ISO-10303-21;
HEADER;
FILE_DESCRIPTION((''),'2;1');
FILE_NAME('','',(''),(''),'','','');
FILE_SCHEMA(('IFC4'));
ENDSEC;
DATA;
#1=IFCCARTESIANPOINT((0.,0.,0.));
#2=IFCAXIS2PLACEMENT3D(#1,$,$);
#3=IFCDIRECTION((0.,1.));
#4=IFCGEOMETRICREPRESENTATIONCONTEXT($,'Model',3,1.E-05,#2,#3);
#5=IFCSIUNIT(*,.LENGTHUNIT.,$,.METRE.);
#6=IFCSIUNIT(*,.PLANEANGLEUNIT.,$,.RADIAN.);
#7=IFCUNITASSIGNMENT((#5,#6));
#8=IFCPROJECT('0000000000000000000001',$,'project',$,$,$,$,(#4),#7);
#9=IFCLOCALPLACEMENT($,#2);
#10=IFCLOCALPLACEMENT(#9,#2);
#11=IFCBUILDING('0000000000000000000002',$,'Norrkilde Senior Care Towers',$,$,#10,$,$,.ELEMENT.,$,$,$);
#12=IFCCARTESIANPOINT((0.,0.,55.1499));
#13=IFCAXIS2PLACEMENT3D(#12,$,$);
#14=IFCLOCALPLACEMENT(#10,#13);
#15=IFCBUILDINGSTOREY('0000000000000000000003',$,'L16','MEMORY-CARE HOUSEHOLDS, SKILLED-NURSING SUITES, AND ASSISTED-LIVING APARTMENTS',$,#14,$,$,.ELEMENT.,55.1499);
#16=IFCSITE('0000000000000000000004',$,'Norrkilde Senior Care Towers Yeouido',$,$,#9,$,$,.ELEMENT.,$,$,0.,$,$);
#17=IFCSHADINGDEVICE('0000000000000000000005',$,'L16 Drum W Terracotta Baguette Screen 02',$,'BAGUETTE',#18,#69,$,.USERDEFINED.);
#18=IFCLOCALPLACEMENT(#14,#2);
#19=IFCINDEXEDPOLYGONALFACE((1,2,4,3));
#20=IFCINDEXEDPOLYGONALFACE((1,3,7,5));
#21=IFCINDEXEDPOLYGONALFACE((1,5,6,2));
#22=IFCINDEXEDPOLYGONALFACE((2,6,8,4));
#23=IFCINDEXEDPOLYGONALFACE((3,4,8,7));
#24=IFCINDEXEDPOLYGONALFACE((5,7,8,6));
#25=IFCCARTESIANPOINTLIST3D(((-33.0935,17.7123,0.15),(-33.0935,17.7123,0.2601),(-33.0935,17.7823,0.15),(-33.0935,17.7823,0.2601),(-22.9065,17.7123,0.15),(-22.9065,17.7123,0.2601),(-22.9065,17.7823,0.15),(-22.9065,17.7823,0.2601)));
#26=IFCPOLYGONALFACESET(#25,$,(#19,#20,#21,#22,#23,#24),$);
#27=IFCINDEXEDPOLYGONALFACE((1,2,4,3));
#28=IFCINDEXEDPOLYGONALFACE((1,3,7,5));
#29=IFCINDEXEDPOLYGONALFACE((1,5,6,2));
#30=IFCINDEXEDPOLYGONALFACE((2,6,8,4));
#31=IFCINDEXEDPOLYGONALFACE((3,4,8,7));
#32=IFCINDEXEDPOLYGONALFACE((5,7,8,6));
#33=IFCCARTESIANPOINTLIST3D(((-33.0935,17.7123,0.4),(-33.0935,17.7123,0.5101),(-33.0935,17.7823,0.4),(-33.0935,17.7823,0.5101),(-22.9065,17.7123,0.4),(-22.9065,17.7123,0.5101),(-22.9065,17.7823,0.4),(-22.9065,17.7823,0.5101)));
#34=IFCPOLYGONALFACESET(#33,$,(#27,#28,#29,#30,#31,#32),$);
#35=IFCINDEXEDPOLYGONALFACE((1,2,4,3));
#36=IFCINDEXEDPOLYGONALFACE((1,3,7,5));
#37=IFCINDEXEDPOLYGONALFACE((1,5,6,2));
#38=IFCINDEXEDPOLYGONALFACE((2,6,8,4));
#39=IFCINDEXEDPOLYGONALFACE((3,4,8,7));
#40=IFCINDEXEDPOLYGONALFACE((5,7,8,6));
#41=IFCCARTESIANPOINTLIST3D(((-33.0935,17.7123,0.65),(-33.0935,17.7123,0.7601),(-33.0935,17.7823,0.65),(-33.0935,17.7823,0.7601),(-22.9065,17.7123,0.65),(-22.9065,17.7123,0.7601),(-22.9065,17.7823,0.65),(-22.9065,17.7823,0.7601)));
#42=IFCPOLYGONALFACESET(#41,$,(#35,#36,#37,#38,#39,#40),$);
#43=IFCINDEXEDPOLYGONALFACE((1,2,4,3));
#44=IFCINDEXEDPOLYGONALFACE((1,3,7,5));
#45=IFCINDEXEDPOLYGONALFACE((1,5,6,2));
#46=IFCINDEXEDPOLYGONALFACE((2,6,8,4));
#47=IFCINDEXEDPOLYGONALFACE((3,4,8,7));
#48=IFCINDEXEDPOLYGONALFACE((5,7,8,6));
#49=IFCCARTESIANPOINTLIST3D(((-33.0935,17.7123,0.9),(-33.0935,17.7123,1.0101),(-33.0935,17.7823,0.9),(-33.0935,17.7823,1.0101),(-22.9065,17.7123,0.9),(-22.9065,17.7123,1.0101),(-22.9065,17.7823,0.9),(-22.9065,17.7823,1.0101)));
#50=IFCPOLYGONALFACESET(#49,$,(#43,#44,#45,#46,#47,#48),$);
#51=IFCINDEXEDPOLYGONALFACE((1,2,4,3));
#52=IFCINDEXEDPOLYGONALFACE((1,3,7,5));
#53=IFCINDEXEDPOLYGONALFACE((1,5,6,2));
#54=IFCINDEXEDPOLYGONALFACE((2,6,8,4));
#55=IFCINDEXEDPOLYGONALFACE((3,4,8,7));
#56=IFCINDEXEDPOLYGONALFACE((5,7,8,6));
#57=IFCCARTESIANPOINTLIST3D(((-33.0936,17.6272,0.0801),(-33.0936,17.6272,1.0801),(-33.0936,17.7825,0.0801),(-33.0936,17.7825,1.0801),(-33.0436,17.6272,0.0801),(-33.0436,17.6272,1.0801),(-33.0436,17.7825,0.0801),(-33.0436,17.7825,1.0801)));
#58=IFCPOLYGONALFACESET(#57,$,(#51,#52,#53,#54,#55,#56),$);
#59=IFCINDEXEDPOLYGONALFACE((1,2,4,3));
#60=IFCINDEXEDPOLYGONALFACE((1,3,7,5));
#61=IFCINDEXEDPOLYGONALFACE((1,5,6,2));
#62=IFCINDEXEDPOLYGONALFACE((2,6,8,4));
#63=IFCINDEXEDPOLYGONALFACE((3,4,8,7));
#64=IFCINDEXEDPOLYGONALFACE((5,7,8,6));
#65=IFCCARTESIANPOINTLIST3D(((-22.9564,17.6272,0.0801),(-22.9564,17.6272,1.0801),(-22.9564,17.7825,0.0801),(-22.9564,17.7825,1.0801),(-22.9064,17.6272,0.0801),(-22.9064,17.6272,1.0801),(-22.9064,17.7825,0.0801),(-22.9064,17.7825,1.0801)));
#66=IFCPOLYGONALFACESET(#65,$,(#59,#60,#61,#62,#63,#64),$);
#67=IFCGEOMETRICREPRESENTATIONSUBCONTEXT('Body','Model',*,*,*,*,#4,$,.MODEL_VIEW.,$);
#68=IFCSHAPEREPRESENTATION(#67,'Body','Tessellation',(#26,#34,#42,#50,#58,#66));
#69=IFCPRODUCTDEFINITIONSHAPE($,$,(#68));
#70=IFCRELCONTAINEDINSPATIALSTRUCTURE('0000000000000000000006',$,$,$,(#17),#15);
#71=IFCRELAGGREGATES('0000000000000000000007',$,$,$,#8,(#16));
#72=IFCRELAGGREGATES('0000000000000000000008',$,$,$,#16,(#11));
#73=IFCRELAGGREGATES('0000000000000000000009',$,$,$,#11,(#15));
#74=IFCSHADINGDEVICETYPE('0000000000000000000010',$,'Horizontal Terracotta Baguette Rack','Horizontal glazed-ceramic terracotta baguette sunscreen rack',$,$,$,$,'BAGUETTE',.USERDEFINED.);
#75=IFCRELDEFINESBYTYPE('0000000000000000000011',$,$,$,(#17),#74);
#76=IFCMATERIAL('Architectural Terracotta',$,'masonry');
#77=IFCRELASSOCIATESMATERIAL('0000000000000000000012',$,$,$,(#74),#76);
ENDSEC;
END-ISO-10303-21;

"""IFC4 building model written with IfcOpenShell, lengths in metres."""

from ifc_helpers import new_model, si_unit, direction, frame, origin, origin_2d, place, context, subcontext, project, spatial, rectangle, extrude, source, transform, mapped, material, type_object, type_shapes, element, save


model = new_model("IFC4")

# Units and contexts
model_context = context("Model", 3, precision=1e-05, world=origin(), true_north=direction((0.0, 1.0)))
body_context = subcontext(model_context, "Body", "Model", "MODEL_VIEW")
ifc_project = project(units=[si_unit("LENGTHUNIT", "METRE"), si_unit("PLANEANGLEUNIT", "RADIAN")], contexts=[model_context])

# Site, building, storey
site_placement = place(None, origin())
site = spatial("IfcSite", under=ifc_project, at=site_placement, Name="Norrkilde Senior Care Towers Yeouido", CompositionType="ELEMENT", RefElevation=0.0)
building_placement = place(site_placement, origin())
building = spatial("IfcBuilding", under=site, at=building_placement, Name="Norrkilde Senior Care Towers", CompositionType="ELEMENT")
storey_placement = place(building_placement, frame((0.0, 0.0, 55.1499)))
storey = spatial("IfcBuildingStorey", under=building, at=storey_placement, Name="L16", Description="MEMORY-CARE HOUSEHOLDS, SKILLED-NURSING SUITES, AND ASSISTED-LIVING APARTMENTS", CompositionType="ELEMENT", Elevation=55.1499)

# Shading device
ifc_material_1 = material(Name="Architectural Terracotta", Category="masonry")
shading_device_type = type_object("IfcShadingDeviceType", Name="Horizontal Terracotta Baguette Rack", Description="Horizontal glazed-ceramic terracotta baguette sunscreen rack", ElementType="BAGUETTE", PredefinedType="USERDEFINED", material=ifc_material_1)
shared_shape_1 = source(origin(), body_context, "Body", "SweptSolid", [
    extrude(rectangle(XDim=0.0701, YDim=0.1101, at=origin_2d()), frame((0.0, 0.0901, 0.125), z_axis=(1.0, 0.0, 0.0), x_axis=(0.0, 1.0, 0.0)), (0.0, 0.0, 1.0), 10.187),
    extrude(rectangle(XDim=0.0701, YDim=0.1101, at=origin_2d()), frame((0.0, 0.0901, 0.375), z_axis=(1.0, 0.0, 0.0), x_axis=(0.0, 1.0, 0.0)), (0.0, 0.0, 1.0), 10.187),
    extrude(rectangle(XDim=0.0701, YDim=0.1101, at=origin_2d()), frame((0.0, 0.0901, 0.625), z_axis=(1.0, 0.0, 0.0), x_axis=(0.0, 1.0, 0.0)), (0.0, 0.0, 1.0), 10.187),
    extrude(rectangle(XDim=0.0701, YDim=0.1101, at=origin_2d()), frame((0.0, 0.0901, 0.875), z_axis=(1.0, 0.0, 0.0), x_axis=(0.0, 1.0, 0.0)), (0.0, 0.0, 1.0), 10.187),
    extrude(rectangle(XDim=0.05, YDim=0.1553, at=origin_2d()), frame((0.0249, 0.0476, 0.0)), (0.0, 0.0, 1.0), 1.0),
    extrude(rectangle(XDim=0.05, YDim=0.1553, at=origin_2d()), frame((10.1621, 0.0476, 0.0)), (0.0, 0.0, 1.0), 1.0),
])
type_shapes(shading_device_type, [shared_shape_1])
shading_device_placement = place(storey_placement, frame((-33.0935, 17.6572, 0.0801), z_axis=(0.0, 0.0, 1.0), x_axis=(1.0, 0.0, 0.0)))
element("IfcShadingDevice", 1, at=shading_device_placement, inside=storey, type_object=shading_device_type, Name="L16 Drum W Terracotta Baguette Screen 02", ObjectType="BAGUETTE", PredefinedType="USERDEFINED", context=body_context, shape_type="MappedRepresentation", body=[
    mapped(shared_shape_1, transform((0.0, 0.0, 0.0), x_axis=(1.0, 0.0, 0.0), y_axis=(0.0, 1.0, 0.0), z_axis=(0.0, 0.0, 1.0), scale=1.0)),
])

save(model, "model.ifc")
